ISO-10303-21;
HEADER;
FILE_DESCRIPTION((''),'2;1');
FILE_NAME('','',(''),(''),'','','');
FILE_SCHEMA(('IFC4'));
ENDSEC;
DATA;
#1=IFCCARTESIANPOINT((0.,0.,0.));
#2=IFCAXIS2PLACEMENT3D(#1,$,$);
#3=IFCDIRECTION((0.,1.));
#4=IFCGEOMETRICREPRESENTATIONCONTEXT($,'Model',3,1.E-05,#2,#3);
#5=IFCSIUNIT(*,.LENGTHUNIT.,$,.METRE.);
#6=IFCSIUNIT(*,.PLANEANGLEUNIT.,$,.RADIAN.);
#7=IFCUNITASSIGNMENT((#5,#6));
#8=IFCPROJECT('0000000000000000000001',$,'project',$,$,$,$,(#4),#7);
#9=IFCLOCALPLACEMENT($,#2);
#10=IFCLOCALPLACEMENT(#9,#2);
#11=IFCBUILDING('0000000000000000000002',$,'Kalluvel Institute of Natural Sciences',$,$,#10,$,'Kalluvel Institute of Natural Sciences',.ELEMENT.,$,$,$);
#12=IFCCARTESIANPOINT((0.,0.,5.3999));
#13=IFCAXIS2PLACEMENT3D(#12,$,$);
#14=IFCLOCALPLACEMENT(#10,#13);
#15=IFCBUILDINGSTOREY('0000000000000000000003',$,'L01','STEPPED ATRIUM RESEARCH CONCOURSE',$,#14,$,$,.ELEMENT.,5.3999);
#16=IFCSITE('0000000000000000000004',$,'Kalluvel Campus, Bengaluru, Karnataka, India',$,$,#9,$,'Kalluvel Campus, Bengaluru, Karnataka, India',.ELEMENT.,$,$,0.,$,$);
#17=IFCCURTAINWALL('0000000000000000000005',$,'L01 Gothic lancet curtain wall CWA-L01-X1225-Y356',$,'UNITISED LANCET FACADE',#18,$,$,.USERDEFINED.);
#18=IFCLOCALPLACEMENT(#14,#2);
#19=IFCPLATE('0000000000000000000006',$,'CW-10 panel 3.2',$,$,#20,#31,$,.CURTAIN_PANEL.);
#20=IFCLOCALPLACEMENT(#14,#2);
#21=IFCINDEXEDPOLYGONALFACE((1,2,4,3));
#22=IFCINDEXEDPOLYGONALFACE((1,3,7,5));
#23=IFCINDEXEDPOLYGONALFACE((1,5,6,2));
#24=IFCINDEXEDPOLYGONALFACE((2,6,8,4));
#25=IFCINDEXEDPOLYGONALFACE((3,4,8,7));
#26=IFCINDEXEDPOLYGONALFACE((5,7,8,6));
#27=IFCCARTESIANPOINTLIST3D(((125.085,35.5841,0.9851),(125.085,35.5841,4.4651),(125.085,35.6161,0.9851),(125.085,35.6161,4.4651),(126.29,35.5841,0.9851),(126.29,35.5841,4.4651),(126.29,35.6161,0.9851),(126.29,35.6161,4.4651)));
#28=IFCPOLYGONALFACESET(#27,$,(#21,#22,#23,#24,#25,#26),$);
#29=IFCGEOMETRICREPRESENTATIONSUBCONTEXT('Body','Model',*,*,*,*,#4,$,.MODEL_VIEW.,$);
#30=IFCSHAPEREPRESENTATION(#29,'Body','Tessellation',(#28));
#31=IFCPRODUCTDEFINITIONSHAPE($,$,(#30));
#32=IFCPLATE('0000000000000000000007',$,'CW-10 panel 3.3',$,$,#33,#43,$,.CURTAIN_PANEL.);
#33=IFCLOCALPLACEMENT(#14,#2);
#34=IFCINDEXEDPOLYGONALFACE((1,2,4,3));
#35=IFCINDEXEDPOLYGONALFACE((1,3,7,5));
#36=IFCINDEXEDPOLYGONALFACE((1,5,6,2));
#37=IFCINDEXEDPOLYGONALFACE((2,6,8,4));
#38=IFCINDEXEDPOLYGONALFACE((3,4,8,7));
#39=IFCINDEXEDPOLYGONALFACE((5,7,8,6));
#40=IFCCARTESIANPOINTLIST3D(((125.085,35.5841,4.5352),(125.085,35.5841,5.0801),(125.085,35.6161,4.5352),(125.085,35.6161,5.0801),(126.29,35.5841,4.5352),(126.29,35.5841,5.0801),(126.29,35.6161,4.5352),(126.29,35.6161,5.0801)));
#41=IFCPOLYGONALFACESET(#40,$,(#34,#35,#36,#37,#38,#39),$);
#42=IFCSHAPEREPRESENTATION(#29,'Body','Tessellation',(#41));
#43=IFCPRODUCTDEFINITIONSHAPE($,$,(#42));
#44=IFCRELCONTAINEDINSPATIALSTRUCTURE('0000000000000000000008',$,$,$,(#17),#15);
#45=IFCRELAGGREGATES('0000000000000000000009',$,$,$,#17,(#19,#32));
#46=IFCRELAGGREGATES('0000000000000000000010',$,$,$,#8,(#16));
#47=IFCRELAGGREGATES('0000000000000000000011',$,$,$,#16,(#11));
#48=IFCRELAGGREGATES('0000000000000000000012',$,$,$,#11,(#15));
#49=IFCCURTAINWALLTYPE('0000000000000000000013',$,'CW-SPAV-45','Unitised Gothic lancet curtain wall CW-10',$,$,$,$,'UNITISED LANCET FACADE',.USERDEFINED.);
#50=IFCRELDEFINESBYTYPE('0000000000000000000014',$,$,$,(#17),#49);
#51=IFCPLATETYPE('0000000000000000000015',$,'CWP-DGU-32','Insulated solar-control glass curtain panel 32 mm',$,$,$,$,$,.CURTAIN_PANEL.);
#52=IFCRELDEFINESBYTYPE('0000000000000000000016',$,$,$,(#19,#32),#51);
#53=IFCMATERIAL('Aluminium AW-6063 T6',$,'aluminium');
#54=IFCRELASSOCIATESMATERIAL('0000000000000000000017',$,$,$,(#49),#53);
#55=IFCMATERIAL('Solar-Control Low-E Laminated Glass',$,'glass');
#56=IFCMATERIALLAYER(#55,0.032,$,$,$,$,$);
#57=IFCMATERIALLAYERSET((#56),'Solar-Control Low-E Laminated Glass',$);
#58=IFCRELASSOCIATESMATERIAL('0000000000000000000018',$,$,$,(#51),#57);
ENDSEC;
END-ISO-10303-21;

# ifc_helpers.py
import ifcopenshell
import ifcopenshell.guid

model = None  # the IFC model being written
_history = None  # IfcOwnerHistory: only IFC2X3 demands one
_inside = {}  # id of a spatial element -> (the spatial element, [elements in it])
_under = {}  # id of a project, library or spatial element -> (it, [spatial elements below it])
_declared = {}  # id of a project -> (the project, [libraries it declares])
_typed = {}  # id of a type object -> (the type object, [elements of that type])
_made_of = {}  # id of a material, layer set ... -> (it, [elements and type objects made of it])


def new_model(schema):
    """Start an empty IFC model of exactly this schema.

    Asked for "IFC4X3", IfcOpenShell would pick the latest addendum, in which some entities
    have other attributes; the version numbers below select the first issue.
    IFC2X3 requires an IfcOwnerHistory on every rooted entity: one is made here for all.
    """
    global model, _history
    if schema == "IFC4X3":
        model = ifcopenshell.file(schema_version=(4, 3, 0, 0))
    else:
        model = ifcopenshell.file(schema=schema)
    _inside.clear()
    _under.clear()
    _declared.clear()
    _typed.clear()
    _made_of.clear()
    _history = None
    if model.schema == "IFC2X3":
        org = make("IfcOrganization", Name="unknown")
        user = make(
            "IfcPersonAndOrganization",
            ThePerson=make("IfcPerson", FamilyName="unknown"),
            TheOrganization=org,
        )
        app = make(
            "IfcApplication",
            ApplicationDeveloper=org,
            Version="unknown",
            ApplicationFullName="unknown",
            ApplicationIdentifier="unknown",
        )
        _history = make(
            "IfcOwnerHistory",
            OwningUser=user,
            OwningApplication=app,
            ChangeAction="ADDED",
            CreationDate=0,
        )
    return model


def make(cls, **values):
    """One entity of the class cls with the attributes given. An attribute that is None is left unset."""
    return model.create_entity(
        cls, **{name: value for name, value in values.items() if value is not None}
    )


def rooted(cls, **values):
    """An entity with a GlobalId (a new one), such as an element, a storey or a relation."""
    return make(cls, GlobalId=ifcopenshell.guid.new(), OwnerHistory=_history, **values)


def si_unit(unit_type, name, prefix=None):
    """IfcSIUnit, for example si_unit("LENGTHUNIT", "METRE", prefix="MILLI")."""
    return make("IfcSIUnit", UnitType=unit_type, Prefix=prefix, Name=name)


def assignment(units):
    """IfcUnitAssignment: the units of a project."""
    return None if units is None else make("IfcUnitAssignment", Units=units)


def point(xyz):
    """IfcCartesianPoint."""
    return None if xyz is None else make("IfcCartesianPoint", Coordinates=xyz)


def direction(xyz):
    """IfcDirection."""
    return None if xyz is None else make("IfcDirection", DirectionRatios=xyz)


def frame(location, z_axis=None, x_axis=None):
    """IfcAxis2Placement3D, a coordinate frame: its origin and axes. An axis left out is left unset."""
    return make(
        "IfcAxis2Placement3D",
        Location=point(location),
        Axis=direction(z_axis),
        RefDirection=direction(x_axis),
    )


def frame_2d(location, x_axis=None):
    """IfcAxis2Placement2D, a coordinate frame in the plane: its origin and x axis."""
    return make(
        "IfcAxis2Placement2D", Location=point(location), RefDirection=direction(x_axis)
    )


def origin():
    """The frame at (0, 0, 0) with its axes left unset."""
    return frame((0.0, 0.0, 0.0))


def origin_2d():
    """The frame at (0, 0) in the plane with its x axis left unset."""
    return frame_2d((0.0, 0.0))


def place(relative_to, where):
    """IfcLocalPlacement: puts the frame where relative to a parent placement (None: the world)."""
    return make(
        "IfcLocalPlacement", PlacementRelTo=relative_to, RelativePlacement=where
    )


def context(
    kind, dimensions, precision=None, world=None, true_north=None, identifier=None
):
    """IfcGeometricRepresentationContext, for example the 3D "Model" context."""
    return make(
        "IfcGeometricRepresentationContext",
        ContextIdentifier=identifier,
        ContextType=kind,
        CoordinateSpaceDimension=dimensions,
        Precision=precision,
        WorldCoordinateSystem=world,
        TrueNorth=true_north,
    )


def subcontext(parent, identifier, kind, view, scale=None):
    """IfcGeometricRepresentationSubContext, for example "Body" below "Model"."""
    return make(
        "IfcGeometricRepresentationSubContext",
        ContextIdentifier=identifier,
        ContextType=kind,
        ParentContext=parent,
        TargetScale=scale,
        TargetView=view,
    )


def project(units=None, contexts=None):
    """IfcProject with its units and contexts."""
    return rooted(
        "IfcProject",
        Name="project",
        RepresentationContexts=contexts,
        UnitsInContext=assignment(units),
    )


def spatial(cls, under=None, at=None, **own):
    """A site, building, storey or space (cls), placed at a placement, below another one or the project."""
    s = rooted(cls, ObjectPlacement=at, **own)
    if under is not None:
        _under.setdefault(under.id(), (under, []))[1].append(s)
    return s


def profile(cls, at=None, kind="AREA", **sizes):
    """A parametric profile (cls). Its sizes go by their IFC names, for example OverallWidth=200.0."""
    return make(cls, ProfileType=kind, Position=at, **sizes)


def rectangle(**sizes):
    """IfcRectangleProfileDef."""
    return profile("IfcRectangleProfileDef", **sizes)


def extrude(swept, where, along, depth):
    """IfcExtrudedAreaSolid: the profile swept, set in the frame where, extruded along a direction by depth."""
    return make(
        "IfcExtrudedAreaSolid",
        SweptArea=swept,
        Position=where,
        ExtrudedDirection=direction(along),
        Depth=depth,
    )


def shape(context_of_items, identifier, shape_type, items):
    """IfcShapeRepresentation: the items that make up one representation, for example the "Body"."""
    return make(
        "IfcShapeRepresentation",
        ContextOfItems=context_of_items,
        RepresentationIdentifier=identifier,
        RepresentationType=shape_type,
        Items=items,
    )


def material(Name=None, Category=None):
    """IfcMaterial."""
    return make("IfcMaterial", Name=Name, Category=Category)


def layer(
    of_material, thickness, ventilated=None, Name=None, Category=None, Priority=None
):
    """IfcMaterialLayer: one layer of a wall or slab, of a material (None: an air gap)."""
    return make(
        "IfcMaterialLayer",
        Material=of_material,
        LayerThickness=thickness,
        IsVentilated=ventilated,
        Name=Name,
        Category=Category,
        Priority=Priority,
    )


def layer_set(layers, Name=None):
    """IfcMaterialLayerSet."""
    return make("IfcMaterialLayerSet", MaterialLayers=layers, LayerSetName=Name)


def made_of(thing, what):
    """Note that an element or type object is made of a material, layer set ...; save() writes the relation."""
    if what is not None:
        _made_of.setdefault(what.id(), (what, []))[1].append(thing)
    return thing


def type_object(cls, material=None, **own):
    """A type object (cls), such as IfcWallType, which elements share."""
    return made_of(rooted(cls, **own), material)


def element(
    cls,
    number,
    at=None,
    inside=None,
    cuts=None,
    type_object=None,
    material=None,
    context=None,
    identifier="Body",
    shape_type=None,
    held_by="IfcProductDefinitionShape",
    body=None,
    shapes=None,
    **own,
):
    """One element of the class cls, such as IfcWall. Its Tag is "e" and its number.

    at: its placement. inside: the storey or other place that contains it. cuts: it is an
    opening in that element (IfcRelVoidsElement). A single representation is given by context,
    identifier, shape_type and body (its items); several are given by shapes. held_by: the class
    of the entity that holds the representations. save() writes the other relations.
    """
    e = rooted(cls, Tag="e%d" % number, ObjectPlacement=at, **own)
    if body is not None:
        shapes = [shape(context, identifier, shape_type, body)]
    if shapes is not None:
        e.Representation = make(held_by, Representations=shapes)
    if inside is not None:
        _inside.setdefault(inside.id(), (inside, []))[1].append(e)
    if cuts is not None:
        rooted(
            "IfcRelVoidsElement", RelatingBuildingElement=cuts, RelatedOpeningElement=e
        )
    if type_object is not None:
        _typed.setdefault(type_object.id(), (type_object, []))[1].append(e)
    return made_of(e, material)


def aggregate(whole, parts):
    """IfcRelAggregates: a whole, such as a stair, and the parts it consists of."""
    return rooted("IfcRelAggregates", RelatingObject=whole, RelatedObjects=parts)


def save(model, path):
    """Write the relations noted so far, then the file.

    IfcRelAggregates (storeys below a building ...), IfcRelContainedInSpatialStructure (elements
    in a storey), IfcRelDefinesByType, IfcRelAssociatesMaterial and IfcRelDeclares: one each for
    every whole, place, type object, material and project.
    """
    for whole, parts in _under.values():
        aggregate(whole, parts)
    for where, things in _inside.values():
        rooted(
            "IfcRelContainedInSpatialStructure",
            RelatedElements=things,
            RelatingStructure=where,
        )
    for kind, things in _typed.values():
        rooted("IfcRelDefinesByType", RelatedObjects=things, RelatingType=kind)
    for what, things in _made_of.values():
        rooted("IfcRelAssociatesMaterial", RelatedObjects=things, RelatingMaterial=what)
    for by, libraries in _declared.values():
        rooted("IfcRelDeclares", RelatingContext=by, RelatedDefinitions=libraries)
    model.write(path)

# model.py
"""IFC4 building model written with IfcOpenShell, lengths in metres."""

from ifc_helpers import new_model, si_unit, direction, frame, origin, origin_2d, place, context, subcontext, project, spatial, rectangle, extrude, material, layer, layer_set, type_object, element, aggregate, save


model = new_model("IFC4")

# Units and contexts
model_context = context("Model", 3, precision=1e-05, world=origin(), true_north=direction((0.0, 1.0)))
body_context = subcontext(model_context, "Body", "Model", "MODEL_VIEW")
ifc_project = project(units=[si_unit("LENGTHUNIT", "METRE"), si_unit("PLANEANGLEUNIT", "RADIAN")], contexts=[model_context])

# Site, building, storey
site_placement = place(None, origin())
site = spatial("IfcSite", under=ifc_project, at=site_placement, Name="Kalluvel Campus, Bengaluru, Karnataka, India", LongName="Kalluvel Campus, Bengaluru, Karnataka, India", CompositionType="ELEMENT", RefElevation=0.0)
building_placement = place(site_placement, origin())
building = spatial("IfcBuilding", under=site, at=building_placement, Name="Kalluvel Institute of Natural Sciences", LongName="Kalluvel Institute of Natural Sciences", CompositionType="ELEMENT")
storey_placement = place(building_placement, frame((0.0, 0.0, 5.3999)))
storey = spatial("IfcBuildingStorey", under=building, at=storey_placement, Name="L01", Description="STEPPED ATRIUM RESEARCH CONCOURSE", CompositionType="ELEMENT", Elevation=5.3999)

# Curtain wall
ifc_material_1 = material(Name="Aluminium AW-6063 T6", Category="aluminium")
curtain_wall_type = type_object("IfcCurtainWallType", Name="CW-SPAV-45", Description="Unitised Gothic lancet curtain wall CW-10", ElementType="UNITISED LANCET FACADE", PredefinedType="USERDEFINED", material=ifc_material_1)
curtain_wall_placement = place(storey_placement, origin())
curtain_wall = element("IfcCurtainWall", 1, at=curtain_wall_placement, inside=storey, type_object=curtain_wall_type, Name="L01 Gothic lancet curtain wall CWA-L01-X1225-Y356", ObjectType="UNITISED LANCET FACADE", PredefinedType="USERDEFINED")

# Plates
ifc_material_2 = material(Name="Solar-Control Low-E Laminated Glass", Category="glass")
ifc_layer = layer(ifc_material_2, 0.032)
ifc_layer_set = layer_set([ifc_layer], Name="Solar-Control Low-E Laminated Glass")
plate_type = type_object("IfcPlateType", Name="CWP-DGU-32", Description="Insulated solar-control glass curtain panel 32 mm", PredefinedType="CURTAIN_PANEL", material=ifc_layer_set)
plate_1_placement = place(storey_placement, frame((125.6875, 35.6001, 0.9851), z_axis=(0.0, 0.0, 1.0), x_axis=(1.0, 0.0, 0.0)))
plate_1 = element("IfcPlate", 2, at=plate_1_placement, type_object=plate_type, Name="CW-10 panel 3.2", PredefinedType="CURTAIN_PANEL", context=body_context, shape_type="SweptSolid", body=[
    extrude(rectangle(XDim=1.2051, YDim=0.032, at=origin_2d()), origin(), (0.0, 0.0, 1.0), 3.48),
])
plate_2_placement = place(storey_placement, frame((125.6875, 35.6001, 4.5352), z_axis=(0.0, 0.0, 1.0), x_axis=(1.0, 0.0, 0.0)))
plate_2 = element("IfcPlate", 3, at=plate_2_placement, type_object=plate_type, Name="CW-10 panel 3.3", PredefinedType="CURTAIN_PANEL", context=body_context, shape_type="SweptSolid", body=[
    extrude(rectangle(XDim=1.2051, YDim=0.032, at=origin_2d()), origin(), (0.0, 0.0, 1.0), 0.5449),
])
aggregate(curtain_wall, [plate_1, plate_2])

save(model, "model.ifc")
